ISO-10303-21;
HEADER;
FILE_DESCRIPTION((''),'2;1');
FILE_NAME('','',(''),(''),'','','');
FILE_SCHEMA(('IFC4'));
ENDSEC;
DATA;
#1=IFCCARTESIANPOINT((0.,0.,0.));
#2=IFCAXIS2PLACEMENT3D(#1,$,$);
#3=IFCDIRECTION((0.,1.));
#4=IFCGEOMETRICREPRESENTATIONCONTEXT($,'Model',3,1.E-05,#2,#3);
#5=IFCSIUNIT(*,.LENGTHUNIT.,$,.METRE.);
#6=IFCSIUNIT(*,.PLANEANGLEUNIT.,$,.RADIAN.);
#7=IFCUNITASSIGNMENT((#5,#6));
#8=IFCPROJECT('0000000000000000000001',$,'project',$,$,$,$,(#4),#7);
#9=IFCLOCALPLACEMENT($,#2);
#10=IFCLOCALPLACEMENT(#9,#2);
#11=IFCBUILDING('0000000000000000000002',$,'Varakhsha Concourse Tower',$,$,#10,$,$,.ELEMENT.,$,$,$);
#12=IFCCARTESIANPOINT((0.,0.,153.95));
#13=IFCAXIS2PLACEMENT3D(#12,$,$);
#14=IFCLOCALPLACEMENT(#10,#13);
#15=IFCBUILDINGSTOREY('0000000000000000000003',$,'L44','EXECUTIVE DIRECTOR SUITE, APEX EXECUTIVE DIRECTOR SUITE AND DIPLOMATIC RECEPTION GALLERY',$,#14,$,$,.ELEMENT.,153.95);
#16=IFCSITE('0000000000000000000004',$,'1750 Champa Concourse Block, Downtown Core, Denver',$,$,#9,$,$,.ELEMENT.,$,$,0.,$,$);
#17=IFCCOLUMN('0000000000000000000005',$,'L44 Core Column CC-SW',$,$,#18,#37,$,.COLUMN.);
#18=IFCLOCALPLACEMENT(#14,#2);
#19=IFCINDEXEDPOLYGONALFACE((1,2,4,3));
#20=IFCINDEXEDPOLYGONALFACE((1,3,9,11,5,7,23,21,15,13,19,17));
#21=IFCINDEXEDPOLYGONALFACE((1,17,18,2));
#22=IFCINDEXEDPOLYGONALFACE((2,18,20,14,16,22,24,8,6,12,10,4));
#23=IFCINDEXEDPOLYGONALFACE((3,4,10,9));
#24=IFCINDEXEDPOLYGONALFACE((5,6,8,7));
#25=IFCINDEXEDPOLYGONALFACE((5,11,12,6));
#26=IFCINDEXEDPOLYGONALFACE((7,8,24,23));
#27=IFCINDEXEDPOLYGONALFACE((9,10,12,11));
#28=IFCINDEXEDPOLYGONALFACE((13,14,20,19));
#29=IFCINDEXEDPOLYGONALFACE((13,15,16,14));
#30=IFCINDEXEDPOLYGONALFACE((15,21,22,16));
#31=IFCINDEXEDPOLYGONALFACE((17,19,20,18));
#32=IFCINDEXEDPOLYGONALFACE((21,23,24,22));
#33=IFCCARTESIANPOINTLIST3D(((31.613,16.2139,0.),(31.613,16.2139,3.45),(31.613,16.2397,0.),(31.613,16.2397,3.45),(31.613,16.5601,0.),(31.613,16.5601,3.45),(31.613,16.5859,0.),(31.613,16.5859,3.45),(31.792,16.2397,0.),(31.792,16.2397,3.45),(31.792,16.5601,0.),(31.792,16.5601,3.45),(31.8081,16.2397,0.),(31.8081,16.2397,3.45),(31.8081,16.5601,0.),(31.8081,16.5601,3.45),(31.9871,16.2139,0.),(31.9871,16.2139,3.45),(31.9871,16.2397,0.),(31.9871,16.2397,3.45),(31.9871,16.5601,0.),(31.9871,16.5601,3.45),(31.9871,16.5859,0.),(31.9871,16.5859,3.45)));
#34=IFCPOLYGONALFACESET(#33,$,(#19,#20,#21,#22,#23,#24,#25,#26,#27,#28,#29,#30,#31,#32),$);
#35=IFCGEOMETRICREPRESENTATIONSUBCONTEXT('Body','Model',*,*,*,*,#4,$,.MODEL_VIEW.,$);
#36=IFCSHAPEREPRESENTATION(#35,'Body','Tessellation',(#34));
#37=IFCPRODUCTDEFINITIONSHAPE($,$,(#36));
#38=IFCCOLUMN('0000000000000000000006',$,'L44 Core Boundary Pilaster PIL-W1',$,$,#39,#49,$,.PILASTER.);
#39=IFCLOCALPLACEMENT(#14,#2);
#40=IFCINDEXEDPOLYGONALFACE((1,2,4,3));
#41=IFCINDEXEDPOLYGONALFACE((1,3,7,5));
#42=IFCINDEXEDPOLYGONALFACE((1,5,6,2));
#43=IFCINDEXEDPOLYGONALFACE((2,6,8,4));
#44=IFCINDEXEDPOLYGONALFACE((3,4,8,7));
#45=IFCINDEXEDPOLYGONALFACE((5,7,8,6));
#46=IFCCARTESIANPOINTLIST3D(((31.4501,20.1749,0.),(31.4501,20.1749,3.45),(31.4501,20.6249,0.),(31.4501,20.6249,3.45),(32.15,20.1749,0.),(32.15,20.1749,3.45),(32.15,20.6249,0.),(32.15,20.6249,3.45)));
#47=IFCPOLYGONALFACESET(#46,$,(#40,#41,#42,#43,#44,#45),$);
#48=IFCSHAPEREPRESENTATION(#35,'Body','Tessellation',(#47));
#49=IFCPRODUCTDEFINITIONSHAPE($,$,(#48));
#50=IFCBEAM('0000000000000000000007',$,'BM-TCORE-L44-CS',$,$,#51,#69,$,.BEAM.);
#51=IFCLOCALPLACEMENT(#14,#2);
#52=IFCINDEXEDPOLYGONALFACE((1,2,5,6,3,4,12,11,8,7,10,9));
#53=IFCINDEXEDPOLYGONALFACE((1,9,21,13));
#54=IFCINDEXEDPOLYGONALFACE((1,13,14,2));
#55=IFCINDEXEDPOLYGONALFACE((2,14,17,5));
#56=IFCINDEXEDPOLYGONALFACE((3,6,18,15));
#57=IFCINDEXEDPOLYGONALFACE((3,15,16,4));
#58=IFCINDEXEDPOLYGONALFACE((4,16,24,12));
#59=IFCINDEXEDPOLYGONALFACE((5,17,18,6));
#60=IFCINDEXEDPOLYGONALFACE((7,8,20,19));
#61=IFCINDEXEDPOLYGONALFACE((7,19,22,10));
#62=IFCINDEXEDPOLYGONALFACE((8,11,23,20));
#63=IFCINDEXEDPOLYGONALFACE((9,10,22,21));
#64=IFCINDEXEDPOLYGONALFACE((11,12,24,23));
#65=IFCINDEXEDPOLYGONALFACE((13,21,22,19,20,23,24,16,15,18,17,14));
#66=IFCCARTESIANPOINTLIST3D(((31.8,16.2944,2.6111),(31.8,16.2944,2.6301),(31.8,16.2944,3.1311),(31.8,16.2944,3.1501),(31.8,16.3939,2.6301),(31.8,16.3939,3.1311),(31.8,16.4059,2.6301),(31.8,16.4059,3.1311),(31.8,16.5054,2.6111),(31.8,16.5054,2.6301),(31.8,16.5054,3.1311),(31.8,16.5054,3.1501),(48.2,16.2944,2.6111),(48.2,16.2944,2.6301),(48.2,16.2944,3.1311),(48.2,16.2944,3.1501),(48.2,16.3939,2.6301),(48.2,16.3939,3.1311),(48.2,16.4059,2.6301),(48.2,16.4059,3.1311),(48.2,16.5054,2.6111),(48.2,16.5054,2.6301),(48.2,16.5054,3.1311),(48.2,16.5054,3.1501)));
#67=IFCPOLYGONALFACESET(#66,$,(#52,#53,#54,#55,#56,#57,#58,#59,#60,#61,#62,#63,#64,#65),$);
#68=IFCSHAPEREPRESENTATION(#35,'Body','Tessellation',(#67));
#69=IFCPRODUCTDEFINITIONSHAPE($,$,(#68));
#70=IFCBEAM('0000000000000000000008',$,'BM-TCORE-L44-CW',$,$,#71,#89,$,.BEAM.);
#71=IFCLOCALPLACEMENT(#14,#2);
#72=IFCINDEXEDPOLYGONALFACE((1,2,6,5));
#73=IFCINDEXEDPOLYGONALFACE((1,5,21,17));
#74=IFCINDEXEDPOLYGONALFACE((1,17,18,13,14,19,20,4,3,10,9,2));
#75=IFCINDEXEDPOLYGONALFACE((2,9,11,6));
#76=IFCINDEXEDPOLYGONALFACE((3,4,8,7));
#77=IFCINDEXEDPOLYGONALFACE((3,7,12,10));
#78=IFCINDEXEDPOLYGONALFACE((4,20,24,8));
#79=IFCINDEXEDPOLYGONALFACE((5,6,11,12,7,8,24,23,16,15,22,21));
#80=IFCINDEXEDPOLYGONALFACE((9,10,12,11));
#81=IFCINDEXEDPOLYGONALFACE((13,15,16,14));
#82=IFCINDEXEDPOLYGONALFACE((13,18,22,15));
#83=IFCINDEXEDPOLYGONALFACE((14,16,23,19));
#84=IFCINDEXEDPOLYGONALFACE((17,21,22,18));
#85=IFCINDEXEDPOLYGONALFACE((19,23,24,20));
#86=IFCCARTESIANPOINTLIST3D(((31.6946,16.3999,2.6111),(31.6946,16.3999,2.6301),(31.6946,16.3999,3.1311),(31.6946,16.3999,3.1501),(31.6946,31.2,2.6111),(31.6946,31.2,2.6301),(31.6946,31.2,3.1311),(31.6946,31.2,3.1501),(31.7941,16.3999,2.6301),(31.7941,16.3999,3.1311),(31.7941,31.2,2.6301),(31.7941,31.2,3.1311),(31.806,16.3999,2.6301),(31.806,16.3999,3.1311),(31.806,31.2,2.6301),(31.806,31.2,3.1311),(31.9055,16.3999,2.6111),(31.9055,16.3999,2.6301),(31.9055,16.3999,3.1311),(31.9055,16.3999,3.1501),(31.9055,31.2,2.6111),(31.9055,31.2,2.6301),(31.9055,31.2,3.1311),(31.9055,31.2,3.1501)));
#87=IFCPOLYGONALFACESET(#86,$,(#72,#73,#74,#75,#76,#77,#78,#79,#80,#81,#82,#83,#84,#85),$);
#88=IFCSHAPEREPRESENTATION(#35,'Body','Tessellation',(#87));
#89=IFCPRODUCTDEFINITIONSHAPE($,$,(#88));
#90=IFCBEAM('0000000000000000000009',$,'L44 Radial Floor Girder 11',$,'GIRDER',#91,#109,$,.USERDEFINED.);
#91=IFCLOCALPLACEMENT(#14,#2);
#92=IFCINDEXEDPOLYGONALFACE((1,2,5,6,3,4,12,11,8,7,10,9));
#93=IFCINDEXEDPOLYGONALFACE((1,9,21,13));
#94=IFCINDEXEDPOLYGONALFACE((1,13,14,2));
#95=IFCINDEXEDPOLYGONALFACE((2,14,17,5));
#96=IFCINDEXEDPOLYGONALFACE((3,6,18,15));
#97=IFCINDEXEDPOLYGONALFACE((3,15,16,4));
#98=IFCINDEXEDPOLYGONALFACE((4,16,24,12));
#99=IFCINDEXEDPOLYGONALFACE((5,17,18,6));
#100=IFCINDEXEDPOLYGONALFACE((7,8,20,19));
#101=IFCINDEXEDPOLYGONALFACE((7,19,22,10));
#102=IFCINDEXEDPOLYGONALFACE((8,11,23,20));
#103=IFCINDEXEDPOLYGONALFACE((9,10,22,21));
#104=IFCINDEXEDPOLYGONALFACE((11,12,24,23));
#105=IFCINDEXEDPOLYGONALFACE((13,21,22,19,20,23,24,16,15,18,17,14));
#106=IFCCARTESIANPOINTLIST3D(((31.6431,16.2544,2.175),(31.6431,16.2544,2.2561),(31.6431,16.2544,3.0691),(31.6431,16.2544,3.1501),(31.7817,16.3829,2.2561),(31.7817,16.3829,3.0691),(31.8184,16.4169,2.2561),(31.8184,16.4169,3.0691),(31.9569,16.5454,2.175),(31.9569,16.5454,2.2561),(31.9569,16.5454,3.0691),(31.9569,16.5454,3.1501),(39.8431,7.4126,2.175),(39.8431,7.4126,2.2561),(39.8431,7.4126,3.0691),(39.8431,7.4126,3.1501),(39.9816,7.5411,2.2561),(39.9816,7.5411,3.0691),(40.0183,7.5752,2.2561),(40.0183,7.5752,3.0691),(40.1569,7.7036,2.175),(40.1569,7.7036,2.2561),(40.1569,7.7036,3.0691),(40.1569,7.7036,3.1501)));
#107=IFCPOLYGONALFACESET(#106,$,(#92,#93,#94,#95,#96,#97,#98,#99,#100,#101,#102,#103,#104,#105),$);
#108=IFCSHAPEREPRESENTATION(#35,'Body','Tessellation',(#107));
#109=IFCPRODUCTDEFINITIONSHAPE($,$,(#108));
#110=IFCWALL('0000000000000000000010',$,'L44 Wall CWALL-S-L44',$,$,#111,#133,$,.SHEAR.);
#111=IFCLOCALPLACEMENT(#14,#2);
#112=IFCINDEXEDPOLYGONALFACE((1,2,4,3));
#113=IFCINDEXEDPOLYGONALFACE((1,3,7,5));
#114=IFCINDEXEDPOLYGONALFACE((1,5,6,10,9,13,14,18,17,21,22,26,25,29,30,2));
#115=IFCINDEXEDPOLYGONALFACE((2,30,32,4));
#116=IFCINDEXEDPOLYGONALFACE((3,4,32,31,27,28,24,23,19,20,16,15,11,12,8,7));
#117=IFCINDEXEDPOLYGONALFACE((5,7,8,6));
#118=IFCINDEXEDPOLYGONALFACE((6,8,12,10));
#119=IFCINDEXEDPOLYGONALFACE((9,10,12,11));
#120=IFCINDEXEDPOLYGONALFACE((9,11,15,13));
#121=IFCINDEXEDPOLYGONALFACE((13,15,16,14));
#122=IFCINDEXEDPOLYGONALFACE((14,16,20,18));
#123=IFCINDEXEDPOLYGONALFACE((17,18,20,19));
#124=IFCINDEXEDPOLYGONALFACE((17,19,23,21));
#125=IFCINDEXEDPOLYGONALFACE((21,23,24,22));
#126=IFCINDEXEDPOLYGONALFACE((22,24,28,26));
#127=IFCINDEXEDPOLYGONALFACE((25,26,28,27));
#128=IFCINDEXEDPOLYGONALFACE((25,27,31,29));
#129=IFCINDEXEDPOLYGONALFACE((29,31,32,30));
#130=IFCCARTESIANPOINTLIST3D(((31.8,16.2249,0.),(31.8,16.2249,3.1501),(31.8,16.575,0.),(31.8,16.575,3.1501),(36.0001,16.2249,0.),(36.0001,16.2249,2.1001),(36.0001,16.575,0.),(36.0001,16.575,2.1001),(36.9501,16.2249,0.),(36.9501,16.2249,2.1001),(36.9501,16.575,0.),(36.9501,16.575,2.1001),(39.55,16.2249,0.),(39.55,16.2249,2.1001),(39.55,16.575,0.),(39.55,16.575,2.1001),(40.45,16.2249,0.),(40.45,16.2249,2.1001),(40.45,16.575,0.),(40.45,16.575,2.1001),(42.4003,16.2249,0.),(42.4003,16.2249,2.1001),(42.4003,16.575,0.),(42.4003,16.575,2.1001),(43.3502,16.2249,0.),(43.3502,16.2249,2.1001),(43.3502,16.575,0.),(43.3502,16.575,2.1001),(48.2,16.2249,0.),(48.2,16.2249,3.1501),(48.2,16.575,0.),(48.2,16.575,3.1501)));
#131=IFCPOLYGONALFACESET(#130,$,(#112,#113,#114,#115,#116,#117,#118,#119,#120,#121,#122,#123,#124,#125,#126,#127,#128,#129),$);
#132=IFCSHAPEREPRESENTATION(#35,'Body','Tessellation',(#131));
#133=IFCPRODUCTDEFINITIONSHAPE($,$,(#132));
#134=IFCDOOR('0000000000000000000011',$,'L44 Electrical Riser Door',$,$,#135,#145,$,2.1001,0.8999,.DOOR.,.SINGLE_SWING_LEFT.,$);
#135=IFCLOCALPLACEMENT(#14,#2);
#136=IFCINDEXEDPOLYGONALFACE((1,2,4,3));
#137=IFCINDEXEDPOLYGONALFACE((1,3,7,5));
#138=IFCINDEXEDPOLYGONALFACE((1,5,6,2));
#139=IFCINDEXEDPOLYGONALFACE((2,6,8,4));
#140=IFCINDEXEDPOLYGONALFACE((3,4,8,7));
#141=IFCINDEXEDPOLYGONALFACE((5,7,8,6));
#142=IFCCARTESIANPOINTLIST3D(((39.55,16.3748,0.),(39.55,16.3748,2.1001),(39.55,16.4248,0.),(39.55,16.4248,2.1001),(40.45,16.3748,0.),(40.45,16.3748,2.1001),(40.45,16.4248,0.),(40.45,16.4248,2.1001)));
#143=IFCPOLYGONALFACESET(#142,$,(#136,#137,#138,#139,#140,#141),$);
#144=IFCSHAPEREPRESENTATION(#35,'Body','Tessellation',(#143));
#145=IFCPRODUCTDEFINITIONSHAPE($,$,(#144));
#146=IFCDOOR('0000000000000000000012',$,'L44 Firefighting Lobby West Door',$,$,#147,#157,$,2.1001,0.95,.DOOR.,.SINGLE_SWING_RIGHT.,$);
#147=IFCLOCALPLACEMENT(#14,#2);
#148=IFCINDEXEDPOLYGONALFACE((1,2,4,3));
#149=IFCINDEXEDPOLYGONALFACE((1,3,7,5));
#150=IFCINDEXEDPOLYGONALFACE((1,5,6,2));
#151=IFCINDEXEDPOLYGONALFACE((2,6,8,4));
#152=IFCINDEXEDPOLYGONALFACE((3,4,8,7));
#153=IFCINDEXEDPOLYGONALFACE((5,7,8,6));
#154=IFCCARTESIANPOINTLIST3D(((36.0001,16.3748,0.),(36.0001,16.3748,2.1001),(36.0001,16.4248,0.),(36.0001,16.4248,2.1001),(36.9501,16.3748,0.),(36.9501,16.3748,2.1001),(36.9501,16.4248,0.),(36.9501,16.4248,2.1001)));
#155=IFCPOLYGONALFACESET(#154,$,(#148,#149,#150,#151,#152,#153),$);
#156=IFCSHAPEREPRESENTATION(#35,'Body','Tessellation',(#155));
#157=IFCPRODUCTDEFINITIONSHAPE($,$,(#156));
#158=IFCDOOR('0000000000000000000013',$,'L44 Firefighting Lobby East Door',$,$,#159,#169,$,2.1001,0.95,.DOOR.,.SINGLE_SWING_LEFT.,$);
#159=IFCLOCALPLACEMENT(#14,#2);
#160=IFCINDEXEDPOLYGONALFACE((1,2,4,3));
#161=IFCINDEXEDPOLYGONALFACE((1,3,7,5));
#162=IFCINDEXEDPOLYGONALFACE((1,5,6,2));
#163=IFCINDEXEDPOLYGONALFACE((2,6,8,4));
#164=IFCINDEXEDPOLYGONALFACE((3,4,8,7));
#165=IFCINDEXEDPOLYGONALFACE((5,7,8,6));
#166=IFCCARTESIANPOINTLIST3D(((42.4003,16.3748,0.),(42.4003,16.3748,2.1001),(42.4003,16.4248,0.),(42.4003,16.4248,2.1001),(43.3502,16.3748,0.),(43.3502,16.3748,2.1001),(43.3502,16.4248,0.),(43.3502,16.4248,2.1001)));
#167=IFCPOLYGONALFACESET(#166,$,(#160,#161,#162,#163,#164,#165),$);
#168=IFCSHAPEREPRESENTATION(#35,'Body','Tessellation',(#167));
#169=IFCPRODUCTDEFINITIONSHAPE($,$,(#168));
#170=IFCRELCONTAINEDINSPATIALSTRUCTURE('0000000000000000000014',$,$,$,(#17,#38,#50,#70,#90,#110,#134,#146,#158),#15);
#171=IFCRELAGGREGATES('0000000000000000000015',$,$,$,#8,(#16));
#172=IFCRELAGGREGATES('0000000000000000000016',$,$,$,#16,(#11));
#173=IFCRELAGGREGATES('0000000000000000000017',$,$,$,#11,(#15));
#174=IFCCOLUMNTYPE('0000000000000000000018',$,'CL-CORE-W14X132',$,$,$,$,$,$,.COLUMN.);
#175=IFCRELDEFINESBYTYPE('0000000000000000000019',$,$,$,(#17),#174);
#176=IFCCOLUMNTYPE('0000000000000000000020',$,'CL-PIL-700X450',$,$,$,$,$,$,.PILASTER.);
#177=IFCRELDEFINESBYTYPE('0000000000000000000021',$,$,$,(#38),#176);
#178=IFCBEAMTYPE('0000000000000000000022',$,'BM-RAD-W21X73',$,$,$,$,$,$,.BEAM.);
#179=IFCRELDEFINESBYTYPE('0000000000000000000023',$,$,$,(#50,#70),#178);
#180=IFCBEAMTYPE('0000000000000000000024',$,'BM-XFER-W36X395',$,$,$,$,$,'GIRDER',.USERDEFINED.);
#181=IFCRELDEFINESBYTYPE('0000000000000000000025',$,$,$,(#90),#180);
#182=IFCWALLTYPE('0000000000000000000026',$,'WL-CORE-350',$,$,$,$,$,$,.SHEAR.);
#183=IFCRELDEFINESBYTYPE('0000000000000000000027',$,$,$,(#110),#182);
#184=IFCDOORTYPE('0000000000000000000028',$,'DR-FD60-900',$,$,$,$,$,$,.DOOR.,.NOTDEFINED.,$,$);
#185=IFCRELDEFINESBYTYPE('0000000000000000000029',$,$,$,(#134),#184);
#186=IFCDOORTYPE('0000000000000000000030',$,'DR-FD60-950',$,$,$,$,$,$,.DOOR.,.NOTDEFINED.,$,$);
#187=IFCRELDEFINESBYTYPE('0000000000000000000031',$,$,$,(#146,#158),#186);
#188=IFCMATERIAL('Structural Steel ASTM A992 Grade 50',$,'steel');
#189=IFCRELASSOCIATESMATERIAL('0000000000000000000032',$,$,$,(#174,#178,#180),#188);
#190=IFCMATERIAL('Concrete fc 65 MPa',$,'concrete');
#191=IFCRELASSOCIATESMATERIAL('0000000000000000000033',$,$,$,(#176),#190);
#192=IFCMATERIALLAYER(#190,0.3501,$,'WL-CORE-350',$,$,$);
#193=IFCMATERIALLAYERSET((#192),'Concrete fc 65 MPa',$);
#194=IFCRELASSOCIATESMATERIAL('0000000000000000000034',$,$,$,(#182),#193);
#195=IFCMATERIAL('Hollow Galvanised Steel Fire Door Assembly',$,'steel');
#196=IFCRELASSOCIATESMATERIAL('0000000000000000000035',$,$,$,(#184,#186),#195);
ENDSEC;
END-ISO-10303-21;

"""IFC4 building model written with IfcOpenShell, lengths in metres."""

from ifc_helpers import new_model, si_unit, direction, frame, frame_2d, origin, origin_2d, place, context, subcontext, project, spatial, rectangle, i_section, extrude, material, layer, layer_set, material_profile, profile_set, type_object, element, fill, save


model = new_model("IFC4")

# Units and contexts
model_context = context("Model", 3, precision=1e-05, world=origin(), true_north=direction((0.0, 1.0)))
body_context = subcontext(model_context, "Body", "Model", "MODEL_VIEW")
ifc_project = project(units=[si_unit("LENGTHUNIT", "METRE"), si_unit("PLANEANGLEUNIT", "RADIAN")], contexts=[model_context])

# Site, building, storey
site_placement = place(None, origin())
site = spatial("IfcSite", under=ifc_project, at=site_placement, Name="1750 Champa Concourse Block, Downtown Core, Denver", CompositionType="ELEMENT", RefElevation=0.0)
building_placement = place(site_placement, origin())
building = spatial("IfcBuilding", under=site, at=building_placement, Name="Varakhsha Concourse Tower", CompositionType="ELEMENT")
storey_placement = place(building_placement, frame((0.0, 0.0, 153.95)))
storey = spatial("IfcBuildingStorey", under=building, at=storey_placement, Name="L44", Description="EXECUTIVE DIRECTOR SUITE, APEX EXECUTIVE DIRECTOR SUITE AND DIPLOMATIC RECEPTION GALLERY", CompositionType="ELEMENT", Elevation=153.95)

# Columns
ifc_material_1 = material(Name="Structural Steel ASTM A992 Grade 50", Category="steel")
ifc_material_profile_1 = material_profile(ifc_material_1, i_section(OverallWidth=0.374, OverallDepth=0.3721, WebThickness=0.0161, FlangeThickness=0.0259, at=origin_2d()), Name="W14X132")
ifc_profile_set_1 = profile_set([ifc_material_profile_1], Name="Structural Steel ASTM A992 Grade 50")
column_type_1 = type_object("IfcColumnType", Name="CL-CORE-W14X132", PredefinedType="COLUMN", material=ifc_profile_set_1)
column_1_placement = place(storey_placement, frame((31.8, 16.3999, 0.0), z_axis=(0.0, 0.0, 1.0), x_axis=(1.0, 0.0, 0.0)))
element("IfcColumn", 1, at=column_1_placement, inside=storey, type_object=column_type_1, Name="L44 Core Column CC-SW", PredefinedType="COLUMN", context=body_context, shape_type="SweptSolid", body=[
    extrude(i_section(OverallWidth=0.374, OverallDepth=0.3721, WebThickness=0.0161, FlangeThickness=0.0259, at=origin_2d()), origin(), (0.0, 0.0, 1.0), 3.45),
])
ifc_material_2 = material(Name="Concrete fc 65 MPa", Category="concrete")
ifc_material_profile_2 = material_profile(ifc_material_2, rectangle(XDim=0.7, YDim=0.45, at=origin_2d()), Name="RC 700x450")
ifc_profile_set_2 = profile_set([ifc_material_profile_2], Name="Concrete fc 65 MPa")
column_type_2 = type_object("IfcColumnType", Name="CL-PIL-700X450", PredefinedType="PILASTER", material=ifc_profile_set_2)
column_2_placement = place(storey_placement, frame((31.8, 20.3999, 0.0), z_axis=(0.0, 0.0, 1.0), x_axis=(1.0, 0.0, 0.0)))
element("IfcColumn", 2, at=column_2_placement, inside=storey, type_object=column_type_2, Name="L44 Core Boundary Pilaster PIL-W1", PredefinedType="PILASTER", context=body_context, shape_type="SweptSolid", body=[
    extrude(rectangle(XDim=0.7, YDim=0.45, at=origin_2d()), origin(), (0.0, 0.0, 1.0), 3.45),
])

# Beams
ifc_material_profile_3 = material_profile(ifc_material_1, i_section(OverallWidth=0.2109, OverallDepth=0.5391, WebThickness=0.012, FlangeThickness=0.019, at=origin_2d()), Name="W21X73")
ifc_profile_set_3 = profile_set([ifc_material_profile_3], Name="Structural Steel ASTM A992 Grade 50")
beam_type_1 = type_object("IfcBeamType", Name="BM-RAD-W21X73", PredefinedType="BEAM", material=ifc_profile_set_3)
beam_1_placement = place(storey_placement, frame((31.8, 16.3999, 2.8806), z_axis=(1.0, 0.0, 0.0), x_axis=(0.0, 1.0, 0.0)))
element("IfcBeam", 3, at=beam_1_placement, inside=storey, type_object=beam_type_1, Name="BM-TCORE-L44-CS", PredefinedType="BEAM", context=body_context, shape_type="SweptSolid", body=[
    extrude(i_section(OverallWidth=0.2109, OverallDepth=0.5391, WebThickness=0.012, FlangeThickness=0.019, at=origin_2d()), origin(), (0.0, 0.0, 1.0), 16.3999),
])
beam_2_placement = place(storey_placement, frame((31.8, 16.3999, 2.8806), z_axis=(0.0, 1.0, 0.0), x_axis=(-1.0, 0.0, 0.0)))
element("IfcBeam", 4, at=beam_2_placement, inside=storey, type_object=beam_type_1, Name="BM-TCORE-L44-CW", PredefinedType="BEAM", context=body_context, shape_type="SweptSolid", body=[
    extrude(i_section(OverallWidth=0.2109, OverallDepth=0.5391, WebThickness=0.012, FlangeThickness=0.019, at=origin_2d()), origin(), (0.0, 0.0, 1.0), 14.8),
])
ifc_material_profile_4 = material_profile(ifc_material_1, i_section(OverallWidth=0.428, OverallDepth=0.9751, WebThickness=0.05, FlangeThickness=0.0811, at=origin_2d()), Name="W36X395")
ifc_profile_set_4 = profile_set([ifc_material_profile_4], Name="Structural Steel ASTM A992 Grade 50")
beam_type_2 = type_object("IfcBeamType", Name="BM-XFER-W36X395", ElementType="GIRDER", PredefinedType="USERDEFINED", material=ifc_profile_set_4)
beam_3_placement = place(storey_placement, frame((31.8, 16.3999, 2.6626), z_axis=(0.679993, -0.733219, 0.0), x_axis=(0.733219, 0.679993, 0.0)))
element("IfcBeam", 5, at=beam_3_placement, inside=storey, type_object=beam_type_2, Name="L44 Radial Floor Girder 11", ObjectType="GIRDER", PredefinedType="USERDEFINED", context=body_context, shape_type="SweptSolid", body=[
    extrude(i_section(OverallWidth=0.428, OverallDepth=0.9751, WebThickness=0.05, FlangeThickness=0.0811, at=origin_2d()), origin(), (0.0, 0.0, 1.0), 12.0588),
])

# Wall, openings, doors
ifc_layer_1 = layer(ifc_material_2, 0.3501, Name="WL-CORE-350")
ifc_layer_set_1 = layer_set([ifc_layer_1], Name="Concrete fc 65 MPa")
wall_type_1 = type_object("IfcWallType", Name="WL-CORE-350", PredefinedType="SHEAR", material=ifc_layer_set_1)
wall_1_placement = place(storey_placement, frame((31.8, 16.3999, 0.0), z_axis=(0.0, 0.0, 1.0), x_axis=(1.0, 0.0, 0.0)))
wall_1 = element("IfcWall", 6, at=wall_1_placement, inside=storey, type_object=wall_type_1, Name="L44 Wall CWALL-S-L44", PredefinedType="SHEAR", context=body_context, shape_type="SweptSolid", body=[
    extrude(rectangle(XDim=16.3999, YDim=0.3501, at=frame_2d((8.2, 0.0))), origin(), (0.0, 0.0, 1.0), 3.1501),
])
opening_1_placement = place(wall_1_placement, frame((7.75, 0.0, 0.0)))
opening_1 = element("IfcOpeningElement", 7, at=opening_1_placement, cuts=wall_1, PredefinedType="OPENING", context=body_context, shape_type="SweptSolid", body=[
    extrude(rectangle(XDim=0.8999, YDim=2.1001, at=frame_2d((0.45, 1.05))), frame((0.0, 0.1851, 0.0), z_axis=(0.0, -1.0, 0.0), x_axis=(1.0, 0.0, 0.0)), (0.0, 0.0, 1.0), 0.3701),
])
opening_2_placement = place(wall_1_placement, frame((4.2, 0.0, 0.0)))
opening_2 = element("IfcOpeningElement", 8, at=opening_2_placement, cuts=wall_1, PredefinedType="OPENING", context=body_context, shape_type="SweptSolid", body=[
    extrude(rectangle(XDim=0.95, YDim=2.1001, at=frame_2d((0.4751, 1.05))), frame((0.0, 0.1851, 0.0), z_axis=(0.0, -1.0, 0.0), x_axis=(1.0, 0.0, 0.0)), (0.0, 0.0, 1.0), 0.3701),
])
opening_3_placement = place(wall_1_placement, frame((10.6001, 0.0, 0.0)))
opening_3 = element("IfcOpeningElement", 9, at=opening_3_placement, cuts=wall_1, PredefinedType="OPENING", context=body_context, shape_type="SweptSolid", body=[
    extrude(rectangle(XDim=0.95, YDim=2.1001, at=frame_2d((0.4751, 1.05))), frame((0.0, 0.1851, 0.0), z_axis=(0.0, -1.0, 0.0), x_axis=(1.0, 0.0, 0.0)), (0.0, 0.0, 1.0), 0.3701),
])
ifc_material_3 = material(Name="Hollow Galvanised Steel Fire Door Assembly", Category="steel")
door_type_1 = type_object("IfcDoorType", Name="DR-FD60-900", OperationType="NOTDEFINED", PredefinedType="DOOR", material=ifc_material_3)
door_1_placement = place(opening_1_placement, origin())
door_1 = element("IfcDoor", 10, at=door_1_placement, inside=storey, type_object=door_type_1, Name="L44 Electrical Riser Door", OperationType="SINGLE_SWING_LEFT", OverallHeight=2.1001, OverallWidth=0.8999, PredefinedType="DOOR", context=body_context, shape_type="SweptSolid", body=[
    extrude(rectangle(XDim=0.8999, YDim=2.1001, at=frame_2d((0.45, 1.05))), frame((0.0, 0.0249, 0.0), z_axis=(0.0, -1.0, 0.0), x_axis=(1.0, 0.0, 0.0)), (0.0, 0.0, 1.0), 0.05),
])
fill(opening_1, door_1)
door_type_2 = type_object("IfcDoorType", Name="DR-FD60-950", OperationType="NOTDEFINED", PredefinedType="DOOR", material=ifc_material_3)
door_2_placement = place(opening_2_placement, origin())
door_2 = element("IfcDoor", 11, at=door_2_placement, inside=storey, type_object=door_type_2, Name="L44 Firefighting Lobby West Door", OperationType="SINGLE_SWING_RIGHT", OverallHeight=2.1001, OverallWidth=0.95, PredefinedType="DOOR", context=body_context, shape_type="SweptSolid", body=[
    extrude(rectangle(XDim=0.95, YDim=2.1001, at=frame_2d((0.4751, 1.05))), frame((0.0, 0.0249, 0.0), z_axis=(0.0, -1.0, 0.0), x_axis=(1.0, 0.0, 0.0)), (0.0, 0.0, 1.0), 0.05),
])
fill(opening_2, door_2)
door_3_placement = place(opening_3_placement, origin())
door_3 = element("IfcDoor", 12, at=door_3_placement, inside=storey, type_object=door_type_2, Name="L44 Firefighting Lobby East Door", OperationType="SINGLE_SWING_LEFT", OverallHeight=2.1001, OverallWidth=0.95, PredefinedType="DOOR", context=body_context, shape_type="SweptSolid", body=[
    extrude(rectangle(XDim=0.95, YDim=2.1001, at=frame_2d((0.4751, 1.05))), frame((0.0, 0.0249, 0.0), z_axis=(0.0, -1.0, 0.0), x_axis=(1.0, 0.0, 0.0)), (0.0, 0.0, 1.0), 0.05),
])
fill(opening_3, door_3)

save(model, "model.ifc")
